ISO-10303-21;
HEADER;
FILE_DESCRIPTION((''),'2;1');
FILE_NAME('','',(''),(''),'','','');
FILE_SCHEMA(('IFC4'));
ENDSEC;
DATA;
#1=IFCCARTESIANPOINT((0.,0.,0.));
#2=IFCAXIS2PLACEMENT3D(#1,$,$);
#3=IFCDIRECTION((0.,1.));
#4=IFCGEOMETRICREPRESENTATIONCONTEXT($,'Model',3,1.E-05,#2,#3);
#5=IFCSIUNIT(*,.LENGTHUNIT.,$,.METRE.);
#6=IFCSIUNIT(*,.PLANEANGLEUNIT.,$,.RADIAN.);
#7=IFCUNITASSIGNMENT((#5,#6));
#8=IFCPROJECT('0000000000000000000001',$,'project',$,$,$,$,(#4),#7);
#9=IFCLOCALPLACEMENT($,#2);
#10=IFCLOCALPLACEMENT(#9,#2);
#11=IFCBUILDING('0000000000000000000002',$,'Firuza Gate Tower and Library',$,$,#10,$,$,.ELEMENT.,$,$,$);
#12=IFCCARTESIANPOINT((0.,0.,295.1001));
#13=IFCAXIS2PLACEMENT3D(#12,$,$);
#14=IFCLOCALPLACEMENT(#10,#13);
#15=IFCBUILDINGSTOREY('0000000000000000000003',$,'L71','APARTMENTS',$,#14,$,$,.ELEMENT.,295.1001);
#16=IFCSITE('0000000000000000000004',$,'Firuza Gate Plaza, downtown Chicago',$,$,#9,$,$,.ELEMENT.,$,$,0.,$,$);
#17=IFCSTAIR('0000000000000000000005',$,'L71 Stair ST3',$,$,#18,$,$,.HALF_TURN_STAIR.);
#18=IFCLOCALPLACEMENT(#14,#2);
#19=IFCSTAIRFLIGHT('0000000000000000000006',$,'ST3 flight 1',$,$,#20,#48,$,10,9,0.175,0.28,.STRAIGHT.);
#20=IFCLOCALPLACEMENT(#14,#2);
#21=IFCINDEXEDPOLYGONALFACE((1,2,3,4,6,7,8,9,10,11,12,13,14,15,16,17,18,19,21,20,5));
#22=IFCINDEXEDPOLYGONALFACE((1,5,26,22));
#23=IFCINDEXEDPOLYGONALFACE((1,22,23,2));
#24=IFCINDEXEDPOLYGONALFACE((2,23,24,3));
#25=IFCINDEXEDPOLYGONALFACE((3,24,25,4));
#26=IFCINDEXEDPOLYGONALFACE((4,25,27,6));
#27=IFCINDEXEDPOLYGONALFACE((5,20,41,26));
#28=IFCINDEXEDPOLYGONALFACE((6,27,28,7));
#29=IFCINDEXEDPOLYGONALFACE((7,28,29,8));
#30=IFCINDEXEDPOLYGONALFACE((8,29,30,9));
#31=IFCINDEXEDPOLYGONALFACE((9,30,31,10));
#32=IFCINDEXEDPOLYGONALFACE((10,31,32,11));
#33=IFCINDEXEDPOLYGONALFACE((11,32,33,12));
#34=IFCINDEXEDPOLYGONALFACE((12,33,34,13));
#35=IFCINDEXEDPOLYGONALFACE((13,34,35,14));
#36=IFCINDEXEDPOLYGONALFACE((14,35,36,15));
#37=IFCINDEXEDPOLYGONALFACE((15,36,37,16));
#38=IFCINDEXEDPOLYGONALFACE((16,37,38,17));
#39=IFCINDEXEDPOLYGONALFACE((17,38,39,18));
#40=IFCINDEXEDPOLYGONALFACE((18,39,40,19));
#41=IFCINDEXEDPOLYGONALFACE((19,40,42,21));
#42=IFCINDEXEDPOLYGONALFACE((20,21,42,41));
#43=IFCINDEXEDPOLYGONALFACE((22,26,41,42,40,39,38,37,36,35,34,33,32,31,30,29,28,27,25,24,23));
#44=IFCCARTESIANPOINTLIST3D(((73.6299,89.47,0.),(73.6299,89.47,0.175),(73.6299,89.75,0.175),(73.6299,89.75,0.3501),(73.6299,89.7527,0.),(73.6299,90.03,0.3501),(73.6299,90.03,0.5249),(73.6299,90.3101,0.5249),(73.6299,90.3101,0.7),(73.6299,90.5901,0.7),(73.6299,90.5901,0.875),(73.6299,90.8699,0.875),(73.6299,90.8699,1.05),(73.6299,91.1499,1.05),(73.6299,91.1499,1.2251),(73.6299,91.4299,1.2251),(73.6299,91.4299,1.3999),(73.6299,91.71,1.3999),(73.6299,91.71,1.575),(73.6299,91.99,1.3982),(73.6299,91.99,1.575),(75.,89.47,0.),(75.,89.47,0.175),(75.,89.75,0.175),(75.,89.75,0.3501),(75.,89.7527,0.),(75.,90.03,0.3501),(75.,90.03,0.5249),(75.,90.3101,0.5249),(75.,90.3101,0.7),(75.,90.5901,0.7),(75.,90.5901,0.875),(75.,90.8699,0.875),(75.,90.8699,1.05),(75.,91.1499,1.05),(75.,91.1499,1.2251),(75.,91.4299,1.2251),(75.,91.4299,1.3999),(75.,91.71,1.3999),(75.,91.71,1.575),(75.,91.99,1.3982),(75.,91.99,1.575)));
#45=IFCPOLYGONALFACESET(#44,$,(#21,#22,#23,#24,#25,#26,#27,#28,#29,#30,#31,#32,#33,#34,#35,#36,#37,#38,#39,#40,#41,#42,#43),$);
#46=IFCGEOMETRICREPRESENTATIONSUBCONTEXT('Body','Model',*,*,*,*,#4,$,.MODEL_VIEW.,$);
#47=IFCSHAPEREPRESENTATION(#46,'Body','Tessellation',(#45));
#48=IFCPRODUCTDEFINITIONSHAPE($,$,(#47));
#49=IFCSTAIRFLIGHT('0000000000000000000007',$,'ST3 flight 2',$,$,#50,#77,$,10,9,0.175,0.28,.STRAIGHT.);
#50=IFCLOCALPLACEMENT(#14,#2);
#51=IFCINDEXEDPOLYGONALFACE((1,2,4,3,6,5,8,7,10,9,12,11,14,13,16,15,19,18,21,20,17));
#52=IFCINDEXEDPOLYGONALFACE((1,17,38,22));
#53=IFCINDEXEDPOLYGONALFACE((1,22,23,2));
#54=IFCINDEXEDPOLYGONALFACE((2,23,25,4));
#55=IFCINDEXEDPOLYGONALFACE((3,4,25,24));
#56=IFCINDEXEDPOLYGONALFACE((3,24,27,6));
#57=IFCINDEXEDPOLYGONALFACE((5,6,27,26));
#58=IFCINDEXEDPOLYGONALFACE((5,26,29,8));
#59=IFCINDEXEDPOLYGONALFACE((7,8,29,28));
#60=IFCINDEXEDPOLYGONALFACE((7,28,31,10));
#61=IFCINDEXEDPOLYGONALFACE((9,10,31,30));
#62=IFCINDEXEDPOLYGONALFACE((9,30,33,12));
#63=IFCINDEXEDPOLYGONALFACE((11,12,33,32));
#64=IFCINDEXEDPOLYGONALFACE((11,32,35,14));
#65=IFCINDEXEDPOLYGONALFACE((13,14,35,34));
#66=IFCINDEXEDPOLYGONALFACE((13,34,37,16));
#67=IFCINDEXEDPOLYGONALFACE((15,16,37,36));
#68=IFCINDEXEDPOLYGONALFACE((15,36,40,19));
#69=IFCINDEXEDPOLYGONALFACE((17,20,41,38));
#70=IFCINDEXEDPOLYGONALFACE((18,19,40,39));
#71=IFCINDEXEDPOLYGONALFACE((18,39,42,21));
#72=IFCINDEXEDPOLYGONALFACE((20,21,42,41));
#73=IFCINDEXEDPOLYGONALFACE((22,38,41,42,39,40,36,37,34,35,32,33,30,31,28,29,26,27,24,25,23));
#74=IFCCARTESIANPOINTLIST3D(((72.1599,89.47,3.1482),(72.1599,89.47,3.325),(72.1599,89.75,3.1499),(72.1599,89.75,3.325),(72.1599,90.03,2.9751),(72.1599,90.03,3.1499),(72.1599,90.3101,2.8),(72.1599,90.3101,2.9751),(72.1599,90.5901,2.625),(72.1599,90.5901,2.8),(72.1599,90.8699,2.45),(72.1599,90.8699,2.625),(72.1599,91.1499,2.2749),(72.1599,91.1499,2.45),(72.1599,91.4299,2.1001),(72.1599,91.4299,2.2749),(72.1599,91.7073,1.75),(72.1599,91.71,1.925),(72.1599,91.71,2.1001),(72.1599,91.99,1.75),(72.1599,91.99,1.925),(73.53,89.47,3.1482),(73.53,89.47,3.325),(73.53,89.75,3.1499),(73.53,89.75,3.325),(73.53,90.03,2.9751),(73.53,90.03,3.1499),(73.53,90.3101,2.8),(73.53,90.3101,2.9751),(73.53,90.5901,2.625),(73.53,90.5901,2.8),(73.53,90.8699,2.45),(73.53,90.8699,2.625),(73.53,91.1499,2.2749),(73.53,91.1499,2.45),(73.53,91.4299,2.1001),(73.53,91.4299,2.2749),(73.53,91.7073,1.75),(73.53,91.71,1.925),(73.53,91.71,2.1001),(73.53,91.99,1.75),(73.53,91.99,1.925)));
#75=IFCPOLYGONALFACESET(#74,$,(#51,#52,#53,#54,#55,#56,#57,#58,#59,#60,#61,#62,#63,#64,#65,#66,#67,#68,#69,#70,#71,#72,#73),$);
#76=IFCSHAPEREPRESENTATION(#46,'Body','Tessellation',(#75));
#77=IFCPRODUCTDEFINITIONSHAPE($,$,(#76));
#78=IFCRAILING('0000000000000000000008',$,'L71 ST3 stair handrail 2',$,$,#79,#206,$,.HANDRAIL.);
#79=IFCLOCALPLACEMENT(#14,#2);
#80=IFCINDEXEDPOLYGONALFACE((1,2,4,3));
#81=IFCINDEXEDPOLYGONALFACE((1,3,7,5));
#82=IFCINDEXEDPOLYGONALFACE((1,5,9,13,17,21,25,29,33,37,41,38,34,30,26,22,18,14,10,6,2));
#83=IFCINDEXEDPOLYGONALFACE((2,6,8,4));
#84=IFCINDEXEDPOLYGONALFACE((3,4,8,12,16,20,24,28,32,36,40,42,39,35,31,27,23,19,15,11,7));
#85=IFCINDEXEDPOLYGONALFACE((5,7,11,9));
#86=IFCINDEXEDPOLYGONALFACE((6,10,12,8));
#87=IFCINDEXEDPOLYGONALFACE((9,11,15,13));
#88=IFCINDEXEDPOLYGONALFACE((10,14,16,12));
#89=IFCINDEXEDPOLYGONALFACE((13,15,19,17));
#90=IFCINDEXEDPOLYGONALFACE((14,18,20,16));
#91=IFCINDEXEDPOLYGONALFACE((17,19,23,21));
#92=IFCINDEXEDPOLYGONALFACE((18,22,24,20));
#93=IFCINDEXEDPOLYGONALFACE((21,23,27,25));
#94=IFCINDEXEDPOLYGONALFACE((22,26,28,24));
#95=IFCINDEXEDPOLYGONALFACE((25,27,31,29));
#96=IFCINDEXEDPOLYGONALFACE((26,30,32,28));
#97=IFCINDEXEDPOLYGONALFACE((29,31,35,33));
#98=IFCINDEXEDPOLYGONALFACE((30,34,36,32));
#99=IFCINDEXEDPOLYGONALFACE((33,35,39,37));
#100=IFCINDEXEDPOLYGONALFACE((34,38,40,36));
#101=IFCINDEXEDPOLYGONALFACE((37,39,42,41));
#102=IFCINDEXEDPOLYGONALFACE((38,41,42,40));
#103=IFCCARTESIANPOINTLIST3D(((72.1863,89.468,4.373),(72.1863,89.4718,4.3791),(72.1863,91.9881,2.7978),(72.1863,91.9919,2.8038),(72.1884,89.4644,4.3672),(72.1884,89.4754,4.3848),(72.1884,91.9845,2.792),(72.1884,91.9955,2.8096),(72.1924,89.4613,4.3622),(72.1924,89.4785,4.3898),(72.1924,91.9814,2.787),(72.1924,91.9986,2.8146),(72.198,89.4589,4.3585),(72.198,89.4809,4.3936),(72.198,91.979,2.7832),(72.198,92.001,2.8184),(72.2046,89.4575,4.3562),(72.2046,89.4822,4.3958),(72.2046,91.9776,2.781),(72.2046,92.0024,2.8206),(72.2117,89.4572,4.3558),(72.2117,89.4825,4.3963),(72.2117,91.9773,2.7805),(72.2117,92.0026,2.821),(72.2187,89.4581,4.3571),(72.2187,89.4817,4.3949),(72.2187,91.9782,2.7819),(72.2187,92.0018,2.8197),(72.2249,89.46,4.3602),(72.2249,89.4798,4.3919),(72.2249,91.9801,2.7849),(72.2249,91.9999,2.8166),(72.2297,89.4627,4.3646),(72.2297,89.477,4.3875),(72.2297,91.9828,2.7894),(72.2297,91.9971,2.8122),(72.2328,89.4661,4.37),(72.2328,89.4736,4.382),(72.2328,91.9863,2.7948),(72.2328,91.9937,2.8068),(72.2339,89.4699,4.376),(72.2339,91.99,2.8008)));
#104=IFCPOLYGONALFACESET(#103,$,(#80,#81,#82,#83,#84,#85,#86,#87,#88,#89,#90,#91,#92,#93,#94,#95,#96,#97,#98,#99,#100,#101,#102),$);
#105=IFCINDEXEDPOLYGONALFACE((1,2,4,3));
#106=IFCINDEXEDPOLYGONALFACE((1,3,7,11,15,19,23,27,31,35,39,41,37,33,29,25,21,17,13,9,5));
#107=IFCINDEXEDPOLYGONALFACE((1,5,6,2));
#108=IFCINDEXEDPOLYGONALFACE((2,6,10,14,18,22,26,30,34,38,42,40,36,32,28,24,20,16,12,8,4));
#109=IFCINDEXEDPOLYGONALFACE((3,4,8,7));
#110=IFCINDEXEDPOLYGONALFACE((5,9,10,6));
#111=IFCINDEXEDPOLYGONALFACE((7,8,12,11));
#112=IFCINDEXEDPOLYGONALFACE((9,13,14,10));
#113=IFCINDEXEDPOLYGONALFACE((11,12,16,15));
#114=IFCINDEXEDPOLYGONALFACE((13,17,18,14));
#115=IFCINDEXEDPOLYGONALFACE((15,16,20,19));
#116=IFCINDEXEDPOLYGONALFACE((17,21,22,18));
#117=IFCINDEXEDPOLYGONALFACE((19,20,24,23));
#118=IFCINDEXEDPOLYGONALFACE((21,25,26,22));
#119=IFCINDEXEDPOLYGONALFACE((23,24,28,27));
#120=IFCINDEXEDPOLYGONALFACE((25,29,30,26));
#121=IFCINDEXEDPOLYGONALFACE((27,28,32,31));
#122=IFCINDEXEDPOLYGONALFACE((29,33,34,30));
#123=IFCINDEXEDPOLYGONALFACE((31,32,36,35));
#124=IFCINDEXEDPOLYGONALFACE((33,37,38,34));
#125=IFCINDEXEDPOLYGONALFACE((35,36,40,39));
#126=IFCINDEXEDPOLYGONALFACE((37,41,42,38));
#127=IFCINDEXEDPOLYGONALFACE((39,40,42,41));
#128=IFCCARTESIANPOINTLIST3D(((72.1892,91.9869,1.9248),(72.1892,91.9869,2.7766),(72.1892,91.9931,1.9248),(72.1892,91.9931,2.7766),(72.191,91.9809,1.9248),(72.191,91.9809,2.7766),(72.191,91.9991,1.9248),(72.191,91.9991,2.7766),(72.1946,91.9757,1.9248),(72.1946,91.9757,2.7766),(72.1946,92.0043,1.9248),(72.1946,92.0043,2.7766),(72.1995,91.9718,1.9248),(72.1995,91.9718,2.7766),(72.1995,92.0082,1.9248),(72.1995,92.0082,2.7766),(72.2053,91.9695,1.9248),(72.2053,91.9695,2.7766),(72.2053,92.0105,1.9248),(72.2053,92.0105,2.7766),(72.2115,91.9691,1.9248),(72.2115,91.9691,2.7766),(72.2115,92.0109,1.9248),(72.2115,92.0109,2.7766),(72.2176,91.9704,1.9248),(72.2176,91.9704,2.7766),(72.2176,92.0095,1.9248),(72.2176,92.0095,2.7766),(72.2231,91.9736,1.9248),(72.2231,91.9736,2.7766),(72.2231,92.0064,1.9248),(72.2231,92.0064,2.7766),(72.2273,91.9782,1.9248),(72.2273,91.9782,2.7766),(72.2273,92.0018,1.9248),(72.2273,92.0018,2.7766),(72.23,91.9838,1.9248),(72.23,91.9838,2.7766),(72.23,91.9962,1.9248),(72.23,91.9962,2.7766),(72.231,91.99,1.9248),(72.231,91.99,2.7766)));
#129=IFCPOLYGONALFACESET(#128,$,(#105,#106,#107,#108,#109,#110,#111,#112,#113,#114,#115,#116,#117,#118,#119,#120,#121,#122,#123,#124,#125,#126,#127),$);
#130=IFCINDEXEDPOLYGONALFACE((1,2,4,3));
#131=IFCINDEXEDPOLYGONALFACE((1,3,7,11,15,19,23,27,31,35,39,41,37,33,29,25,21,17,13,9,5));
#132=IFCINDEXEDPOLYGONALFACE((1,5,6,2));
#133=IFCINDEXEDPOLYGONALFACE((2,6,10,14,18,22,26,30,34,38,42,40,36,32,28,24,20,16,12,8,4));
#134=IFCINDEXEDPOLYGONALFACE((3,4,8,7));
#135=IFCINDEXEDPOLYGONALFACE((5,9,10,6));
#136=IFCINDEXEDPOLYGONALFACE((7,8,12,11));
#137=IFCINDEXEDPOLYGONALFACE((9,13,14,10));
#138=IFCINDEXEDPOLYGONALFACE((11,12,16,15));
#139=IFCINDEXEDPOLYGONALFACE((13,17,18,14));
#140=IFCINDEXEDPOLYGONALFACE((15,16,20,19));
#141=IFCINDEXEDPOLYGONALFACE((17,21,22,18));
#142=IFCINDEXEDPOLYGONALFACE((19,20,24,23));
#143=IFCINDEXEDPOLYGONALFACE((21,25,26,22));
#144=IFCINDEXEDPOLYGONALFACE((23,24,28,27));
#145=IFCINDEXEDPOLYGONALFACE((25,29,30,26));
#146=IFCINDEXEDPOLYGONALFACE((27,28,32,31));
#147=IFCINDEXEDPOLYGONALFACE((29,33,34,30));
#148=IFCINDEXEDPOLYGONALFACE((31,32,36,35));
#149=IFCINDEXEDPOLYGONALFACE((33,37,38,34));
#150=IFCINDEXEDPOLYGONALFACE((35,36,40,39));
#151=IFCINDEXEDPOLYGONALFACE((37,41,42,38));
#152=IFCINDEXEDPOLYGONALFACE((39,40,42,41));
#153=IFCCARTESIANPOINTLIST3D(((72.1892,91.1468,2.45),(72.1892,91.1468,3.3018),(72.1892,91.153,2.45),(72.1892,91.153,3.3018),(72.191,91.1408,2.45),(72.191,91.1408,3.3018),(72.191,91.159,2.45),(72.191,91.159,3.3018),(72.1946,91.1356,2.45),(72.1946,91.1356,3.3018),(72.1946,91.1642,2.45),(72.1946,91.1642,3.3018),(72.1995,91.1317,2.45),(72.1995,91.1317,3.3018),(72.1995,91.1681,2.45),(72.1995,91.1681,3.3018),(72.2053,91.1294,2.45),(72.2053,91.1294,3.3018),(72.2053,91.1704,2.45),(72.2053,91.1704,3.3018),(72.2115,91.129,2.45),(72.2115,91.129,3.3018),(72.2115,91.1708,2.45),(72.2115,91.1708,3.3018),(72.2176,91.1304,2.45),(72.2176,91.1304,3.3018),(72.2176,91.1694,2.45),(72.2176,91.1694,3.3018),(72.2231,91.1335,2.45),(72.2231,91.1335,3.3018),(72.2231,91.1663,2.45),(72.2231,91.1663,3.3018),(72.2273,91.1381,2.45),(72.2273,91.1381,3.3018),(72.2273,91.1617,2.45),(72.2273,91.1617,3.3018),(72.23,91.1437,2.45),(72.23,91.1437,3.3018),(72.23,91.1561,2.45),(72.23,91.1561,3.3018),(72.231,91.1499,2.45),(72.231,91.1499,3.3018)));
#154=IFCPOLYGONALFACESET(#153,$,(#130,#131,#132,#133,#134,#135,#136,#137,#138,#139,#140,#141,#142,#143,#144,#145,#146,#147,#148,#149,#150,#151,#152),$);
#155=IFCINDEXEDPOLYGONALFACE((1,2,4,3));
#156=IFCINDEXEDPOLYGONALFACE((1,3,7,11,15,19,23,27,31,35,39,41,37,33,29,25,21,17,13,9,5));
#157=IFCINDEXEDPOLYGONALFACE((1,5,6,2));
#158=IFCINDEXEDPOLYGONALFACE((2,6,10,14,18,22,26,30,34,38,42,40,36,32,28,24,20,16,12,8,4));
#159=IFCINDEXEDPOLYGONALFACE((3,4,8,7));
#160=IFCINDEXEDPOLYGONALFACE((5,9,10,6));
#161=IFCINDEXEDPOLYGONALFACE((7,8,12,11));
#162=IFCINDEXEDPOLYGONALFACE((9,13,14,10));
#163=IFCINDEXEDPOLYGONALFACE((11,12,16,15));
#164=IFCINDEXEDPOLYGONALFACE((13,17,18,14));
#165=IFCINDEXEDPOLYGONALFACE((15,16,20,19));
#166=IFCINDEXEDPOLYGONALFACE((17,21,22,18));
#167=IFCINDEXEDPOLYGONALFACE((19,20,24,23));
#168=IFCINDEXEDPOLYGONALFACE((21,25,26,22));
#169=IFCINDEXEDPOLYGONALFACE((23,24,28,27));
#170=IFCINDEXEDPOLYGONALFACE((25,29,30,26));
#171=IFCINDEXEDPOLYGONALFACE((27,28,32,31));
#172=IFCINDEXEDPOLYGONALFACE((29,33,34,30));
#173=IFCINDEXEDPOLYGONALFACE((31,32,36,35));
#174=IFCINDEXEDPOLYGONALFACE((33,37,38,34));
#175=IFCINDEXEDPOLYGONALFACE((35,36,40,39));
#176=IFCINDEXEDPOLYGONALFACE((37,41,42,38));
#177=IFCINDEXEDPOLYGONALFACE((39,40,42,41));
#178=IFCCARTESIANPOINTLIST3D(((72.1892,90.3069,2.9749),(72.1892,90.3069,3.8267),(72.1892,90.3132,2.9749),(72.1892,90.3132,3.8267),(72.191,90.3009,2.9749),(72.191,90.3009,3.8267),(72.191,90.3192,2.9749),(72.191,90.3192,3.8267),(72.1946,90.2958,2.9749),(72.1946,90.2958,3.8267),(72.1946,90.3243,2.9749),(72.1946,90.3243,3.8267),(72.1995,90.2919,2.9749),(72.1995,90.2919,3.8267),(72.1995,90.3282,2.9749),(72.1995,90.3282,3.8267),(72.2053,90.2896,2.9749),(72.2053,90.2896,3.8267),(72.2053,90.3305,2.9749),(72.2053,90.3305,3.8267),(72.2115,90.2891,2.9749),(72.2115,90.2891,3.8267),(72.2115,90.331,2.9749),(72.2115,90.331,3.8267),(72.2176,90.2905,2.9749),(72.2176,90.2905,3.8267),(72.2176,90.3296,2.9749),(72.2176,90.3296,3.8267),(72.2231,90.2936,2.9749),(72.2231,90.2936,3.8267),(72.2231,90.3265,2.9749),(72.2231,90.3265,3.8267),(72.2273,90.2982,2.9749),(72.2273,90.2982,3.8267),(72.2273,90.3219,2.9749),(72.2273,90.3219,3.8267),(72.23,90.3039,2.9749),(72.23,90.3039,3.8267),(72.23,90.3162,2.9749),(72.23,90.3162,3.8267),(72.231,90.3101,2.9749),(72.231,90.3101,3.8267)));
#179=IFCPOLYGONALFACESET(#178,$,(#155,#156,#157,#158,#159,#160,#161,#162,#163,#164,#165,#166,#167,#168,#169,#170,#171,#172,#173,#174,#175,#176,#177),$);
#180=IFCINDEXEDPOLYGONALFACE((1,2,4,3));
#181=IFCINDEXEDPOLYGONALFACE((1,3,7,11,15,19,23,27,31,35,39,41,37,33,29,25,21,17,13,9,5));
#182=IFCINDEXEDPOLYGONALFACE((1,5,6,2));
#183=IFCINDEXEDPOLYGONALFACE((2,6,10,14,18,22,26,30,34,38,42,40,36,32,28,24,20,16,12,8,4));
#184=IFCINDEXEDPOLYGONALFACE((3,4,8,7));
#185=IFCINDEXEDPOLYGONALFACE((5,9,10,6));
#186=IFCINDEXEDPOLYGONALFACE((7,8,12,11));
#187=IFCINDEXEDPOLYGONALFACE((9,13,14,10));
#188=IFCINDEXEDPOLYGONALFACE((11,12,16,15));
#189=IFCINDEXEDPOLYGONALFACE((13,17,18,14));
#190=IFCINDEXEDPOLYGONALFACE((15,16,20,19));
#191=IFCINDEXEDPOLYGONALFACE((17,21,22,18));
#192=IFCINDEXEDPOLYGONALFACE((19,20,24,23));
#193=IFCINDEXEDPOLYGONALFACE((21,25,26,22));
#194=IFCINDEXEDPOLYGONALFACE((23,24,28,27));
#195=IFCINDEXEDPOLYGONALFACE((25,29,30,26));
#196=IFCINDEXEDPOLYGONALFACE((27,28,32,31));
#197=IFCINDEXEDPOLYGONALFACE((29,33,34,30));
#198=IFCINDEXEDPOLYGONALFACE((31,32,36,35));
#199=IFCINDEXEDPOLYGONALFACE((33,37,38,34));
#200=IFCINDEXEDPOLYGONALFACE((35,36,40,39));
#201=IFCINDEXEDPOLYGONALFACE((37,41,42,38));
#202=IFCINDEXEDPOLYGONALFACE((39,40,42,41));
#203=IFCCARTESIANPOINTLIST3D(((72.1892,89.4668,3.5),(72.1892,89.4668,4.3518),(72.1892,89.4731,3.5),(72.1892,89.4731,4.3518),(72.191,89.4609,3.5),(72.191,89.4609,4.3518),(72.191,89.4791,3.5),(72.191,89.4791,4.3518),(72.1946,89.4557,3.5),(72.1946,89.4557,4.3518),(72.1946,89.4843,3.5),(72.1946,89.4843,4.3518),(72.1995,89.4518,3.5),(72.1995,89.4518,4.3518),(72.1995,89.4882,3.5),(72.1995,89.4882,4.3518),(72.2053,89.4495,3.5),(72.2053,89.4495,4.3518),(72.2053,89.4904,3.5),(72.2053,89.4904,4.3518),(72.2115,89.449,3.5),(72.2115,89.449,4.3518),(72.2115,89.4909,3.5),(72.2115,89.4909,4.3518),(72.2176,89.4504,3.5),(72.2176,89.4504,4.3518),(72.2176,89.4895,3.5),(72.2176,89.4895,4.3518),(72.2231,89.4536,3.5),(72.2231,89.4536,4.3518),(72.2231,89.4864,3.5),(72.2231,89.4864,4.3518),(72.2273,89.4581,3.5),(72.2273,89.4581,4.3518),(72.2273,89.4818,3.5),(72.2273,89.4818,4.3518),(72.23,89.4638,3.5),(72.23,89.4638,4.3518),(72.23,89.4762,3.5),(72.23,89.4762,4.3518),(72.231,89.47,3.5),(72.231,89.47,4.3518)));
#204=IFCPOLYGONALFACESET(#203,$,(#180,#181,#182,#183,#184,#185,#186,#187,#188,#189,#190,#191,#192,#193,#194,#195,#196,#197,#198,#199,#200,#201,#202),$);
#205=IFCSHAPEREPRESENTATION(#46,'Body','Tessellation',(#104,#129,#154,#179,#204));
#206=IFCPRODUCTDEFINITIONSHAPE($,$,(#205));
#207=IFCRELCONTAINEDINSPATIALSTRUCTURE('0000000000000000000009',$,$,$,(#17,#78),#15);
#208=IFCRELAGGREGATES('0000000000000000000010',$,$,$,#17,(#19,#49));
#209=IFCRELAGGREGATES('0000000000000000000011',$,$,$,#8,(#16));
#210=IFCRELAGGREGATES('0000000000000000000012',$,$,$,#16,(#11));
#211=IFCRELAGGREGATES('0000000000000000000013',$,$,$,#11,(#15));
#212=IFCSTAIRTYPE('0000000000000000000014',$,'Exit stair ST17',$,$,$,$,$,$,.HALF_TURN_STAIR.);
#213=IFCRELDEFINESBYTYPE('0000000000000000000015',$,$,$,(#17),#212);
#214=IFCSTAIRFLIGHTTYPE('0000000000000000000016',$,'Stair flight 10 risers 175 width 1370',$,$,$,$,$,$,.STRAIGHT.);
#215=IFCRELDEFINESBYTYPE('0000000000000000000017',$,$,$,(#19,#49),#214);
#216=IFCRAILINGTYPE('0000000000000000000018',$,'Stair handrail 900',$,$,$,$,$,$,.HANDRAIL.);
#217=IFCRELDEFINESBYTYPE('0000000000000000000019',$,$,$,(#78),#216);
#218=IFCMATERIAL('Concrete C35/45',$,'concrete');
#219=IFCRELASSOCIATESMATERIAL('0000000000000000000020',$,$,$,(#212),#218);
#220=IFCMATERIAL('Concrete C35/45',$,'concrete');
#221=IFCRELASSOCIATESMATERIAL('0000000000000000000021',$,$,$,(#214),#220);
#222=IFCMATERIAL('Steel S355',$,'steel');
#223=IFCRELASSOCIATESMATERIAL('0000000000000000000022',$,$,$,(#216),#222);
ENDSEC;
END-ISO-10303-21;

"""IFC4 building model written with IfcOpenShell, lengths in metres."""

from ifc_helpers import new_model, si_unit, direction, frame, origin, origin_2d, place, context, subcontext, project, spatial, polyline, circle, outline, extrude, material, type_object, element, aggregate, save


model = new_model("IFC4")

# Units and contexts
model_context = context("Model", 3, precision=1e-05, world=origin(), true_north=direction((0.0, 1.0)))
body_context = subcontext(model_context, "Body", "Model", "MODEL_VIEW")
ifc_project = project(units=[si_unit("LENGTHUNIT", "METRE"), si_unit("PLANEANGLEUNIT", "RADIAN")], contexts=[model_context])

# Site, building, storey
site_placement = place(None, origin())
site = spatial("IfcSite", under=ifc_project, at=site_placement, Name="Firuza Gate Plaza, downtown Chicago", CompositionType="ELEMENT", RefElevation=0.0)
building_placement = place(site_placement, origin())
building = spatial("IfcBuilding", under=site, at=building_placement, Name="Firuza Gate Tower and Library", CompositionType="ELEMENT")
storey_placement = place(building_placement, frame((0.0, 0.0, 295.1001)))
storey = spatial("IfcBuildingStorey", under=building, at=storey_placement, Name="L71", Description="APARTMENTS", CompositionType="ELEMENT", Elevation=295.1001)

# Shared definitions
placement = place(storey_placement, origin())

# Stair, stair flights
ifc_material_1 = material(Name="Concrete C35/45", Category="concrete")
stair_type = type_object("IfcStairType", Name="Exit stair ST17", PredefinedType="HALF_TURN_STAIR", material=ifc_material_1)
stair = element("IfcStair", 1, at=placement, inside=storey, type_object=stair_type, Name="L71 Stair ST3", PredefinedType="HALF_TURN_STAIR")
ifc_material_2 = material(Name="Concrete C35/45", Category="concrete")
stair_flight_type = type_object("IfcStairFlightType", Name="Stair flight 10 risers 175 width 1370", PredefinedType="STRAIGHT", material=ifc_material_2)
stair_flight_1_placement = place(storey_placement, frame((74.3149, 89.47, 0.0), z_axis=(0.0, 0.0, 1.0), x_axis=(0.0, 1.0, 0.0)))
stair_flight_1 = element("IfcStairFlight", 2, at=stair_flight_1_placement, type_object=stair_flight_type, Name="ST3 flight 1", NumberOfRisers=10, NumberOfTreads=9, PredefinedType="STRAIGHT", RiserHeight=0.175, TreadLength=0.28, context=body_context, shape_type="SweptSolid", body=[
    extrude(outline(polyline([(0.0, 0.0), (0.0, 0.175), (0.28, 0.175), (0.28, 0.3501), (0.5601, 0.3501), (0.5601, 0.5249), (0.8401, 0.5249), (0.8401, 0.7), (1.1201, 0.7), (1.1201, 0.875), (1.3999, 0.875), (1.3999, 1.05), (1.6799, 1.05), (1.6799, 1.2251), (1.96, 1.2251), (1.96, 1.3999), (2.24, 1.3999), (2.24, 1.575), (2.52, 1.575), (2.52, 1.75), (2.52, 1.3982), (0.2827, 0.0), (0.0, 0.0)])), frame((0.0, 0.6851, 0.0), z_axis=(0.0, -1.0, 0.0), x_axis=(1.0, 0.0, 0.0)), (0.0, 0.0, 1.0), 1.3701),
])
stair_flight_2_placement = place(storey_placement, frame((72.845, 91.99, 1.75), z_axis=(0.0, 0.0, 1.0), x_axis=(0.0, -1.0, 0.0)))
stair_flight_2 = element("IfcStairFlight", 3, at=stair_flight_2_placement, type_object=stair_flight_type, Name="ST3 flight 2", NumberOfRisers=10, NumberOfTreads=9, PredefinedType="STRAIGHT", RiserHeight=0.175, TreadLength=0.28, context=body_context, shape_type="SweptSolid", body=[
    extrude(outline(polyline([(0.0, 0.0), (0.0, 0.175), (0.28, 0.175), (0.28, 0.3501), (0.5601, 0.3501), (0.5601, 0.5249), (0.8401, 0.5249), (0.8401, 0.7), (1.1201, 0.7), (1.1201, 0.875), (1.3999, 0.875), (1.3999, 1.05), (1.6799, 1.05), (1.6799, 1.2251), (1.96, 1.2251), (1.96, 1.3999), (2.24, 1.3999), (2.24, 1.575), (2.52, 1.575), (2.52, 1.75), (2.52, 1.3982), (0.2827, 0.0), (0.0, 0.0)])), frame((0.0, 0.6851, 0.0), z_axis=(0.0, -1.0, 0.0), x_axis=(1.0, 0.0, 0.0)), (0.0, 0.0, 1.0), 1.3701),
])
aggregate(stair, [stair_flight_1, stair_flight_2])

# Railing
ifc_material_3 = material(Name="Steel S355", Category="steel")
railing_type_1 = type_object("IfcRailingType", Name="Stair handrail 900", PredefinedType="HANDRAIL", material=ifc_material_3)
railing_1_placement = place(storey_placement, frame((72.21, 91.99, 1.9248)))
element("IfcRailing", 4, at=railing_1_placement, inside=storey, type_object=railing_type_1, Name="L71 ST3 stair handrail 2", PredefinedType="HANDRAIL", context=body_context, shape_type="SweptSolid", body=[
    extrude(circle(Radius=0.0239, at=origin_2d()), frame((0.0, 0.0, 0.876), z_axis=(0.0, -0.847971, 0.530043), x_axis=(1.0, 0.0, 0.0)), (0.0, 0.0, 1.0), 2.9719),
    extrude(circle(Radius=0.021, at=origin_2d()), origin(), (0.0, 0.0, 1.0), 0.8518),
    extrude(circle(Radius=0.021, at=origin_2d()), frame((0.0, -0.8401, 0.5251)), (0.0, 0.0, 1.0), 0.8518),
    extrude(circle(Radius=0.021, at=origin_2d()), frame((0.0, -1.6799, 1.05)), (0.0, 0.0, 1.0), 0.8518),
    extrude(circle(Radius=0.021, at=origin_2d()), frame((0.0, -2.52, 1.5752)), (0.0, 0.0, 1.0), 0.8518),
])

save(model, "model.ifc")
